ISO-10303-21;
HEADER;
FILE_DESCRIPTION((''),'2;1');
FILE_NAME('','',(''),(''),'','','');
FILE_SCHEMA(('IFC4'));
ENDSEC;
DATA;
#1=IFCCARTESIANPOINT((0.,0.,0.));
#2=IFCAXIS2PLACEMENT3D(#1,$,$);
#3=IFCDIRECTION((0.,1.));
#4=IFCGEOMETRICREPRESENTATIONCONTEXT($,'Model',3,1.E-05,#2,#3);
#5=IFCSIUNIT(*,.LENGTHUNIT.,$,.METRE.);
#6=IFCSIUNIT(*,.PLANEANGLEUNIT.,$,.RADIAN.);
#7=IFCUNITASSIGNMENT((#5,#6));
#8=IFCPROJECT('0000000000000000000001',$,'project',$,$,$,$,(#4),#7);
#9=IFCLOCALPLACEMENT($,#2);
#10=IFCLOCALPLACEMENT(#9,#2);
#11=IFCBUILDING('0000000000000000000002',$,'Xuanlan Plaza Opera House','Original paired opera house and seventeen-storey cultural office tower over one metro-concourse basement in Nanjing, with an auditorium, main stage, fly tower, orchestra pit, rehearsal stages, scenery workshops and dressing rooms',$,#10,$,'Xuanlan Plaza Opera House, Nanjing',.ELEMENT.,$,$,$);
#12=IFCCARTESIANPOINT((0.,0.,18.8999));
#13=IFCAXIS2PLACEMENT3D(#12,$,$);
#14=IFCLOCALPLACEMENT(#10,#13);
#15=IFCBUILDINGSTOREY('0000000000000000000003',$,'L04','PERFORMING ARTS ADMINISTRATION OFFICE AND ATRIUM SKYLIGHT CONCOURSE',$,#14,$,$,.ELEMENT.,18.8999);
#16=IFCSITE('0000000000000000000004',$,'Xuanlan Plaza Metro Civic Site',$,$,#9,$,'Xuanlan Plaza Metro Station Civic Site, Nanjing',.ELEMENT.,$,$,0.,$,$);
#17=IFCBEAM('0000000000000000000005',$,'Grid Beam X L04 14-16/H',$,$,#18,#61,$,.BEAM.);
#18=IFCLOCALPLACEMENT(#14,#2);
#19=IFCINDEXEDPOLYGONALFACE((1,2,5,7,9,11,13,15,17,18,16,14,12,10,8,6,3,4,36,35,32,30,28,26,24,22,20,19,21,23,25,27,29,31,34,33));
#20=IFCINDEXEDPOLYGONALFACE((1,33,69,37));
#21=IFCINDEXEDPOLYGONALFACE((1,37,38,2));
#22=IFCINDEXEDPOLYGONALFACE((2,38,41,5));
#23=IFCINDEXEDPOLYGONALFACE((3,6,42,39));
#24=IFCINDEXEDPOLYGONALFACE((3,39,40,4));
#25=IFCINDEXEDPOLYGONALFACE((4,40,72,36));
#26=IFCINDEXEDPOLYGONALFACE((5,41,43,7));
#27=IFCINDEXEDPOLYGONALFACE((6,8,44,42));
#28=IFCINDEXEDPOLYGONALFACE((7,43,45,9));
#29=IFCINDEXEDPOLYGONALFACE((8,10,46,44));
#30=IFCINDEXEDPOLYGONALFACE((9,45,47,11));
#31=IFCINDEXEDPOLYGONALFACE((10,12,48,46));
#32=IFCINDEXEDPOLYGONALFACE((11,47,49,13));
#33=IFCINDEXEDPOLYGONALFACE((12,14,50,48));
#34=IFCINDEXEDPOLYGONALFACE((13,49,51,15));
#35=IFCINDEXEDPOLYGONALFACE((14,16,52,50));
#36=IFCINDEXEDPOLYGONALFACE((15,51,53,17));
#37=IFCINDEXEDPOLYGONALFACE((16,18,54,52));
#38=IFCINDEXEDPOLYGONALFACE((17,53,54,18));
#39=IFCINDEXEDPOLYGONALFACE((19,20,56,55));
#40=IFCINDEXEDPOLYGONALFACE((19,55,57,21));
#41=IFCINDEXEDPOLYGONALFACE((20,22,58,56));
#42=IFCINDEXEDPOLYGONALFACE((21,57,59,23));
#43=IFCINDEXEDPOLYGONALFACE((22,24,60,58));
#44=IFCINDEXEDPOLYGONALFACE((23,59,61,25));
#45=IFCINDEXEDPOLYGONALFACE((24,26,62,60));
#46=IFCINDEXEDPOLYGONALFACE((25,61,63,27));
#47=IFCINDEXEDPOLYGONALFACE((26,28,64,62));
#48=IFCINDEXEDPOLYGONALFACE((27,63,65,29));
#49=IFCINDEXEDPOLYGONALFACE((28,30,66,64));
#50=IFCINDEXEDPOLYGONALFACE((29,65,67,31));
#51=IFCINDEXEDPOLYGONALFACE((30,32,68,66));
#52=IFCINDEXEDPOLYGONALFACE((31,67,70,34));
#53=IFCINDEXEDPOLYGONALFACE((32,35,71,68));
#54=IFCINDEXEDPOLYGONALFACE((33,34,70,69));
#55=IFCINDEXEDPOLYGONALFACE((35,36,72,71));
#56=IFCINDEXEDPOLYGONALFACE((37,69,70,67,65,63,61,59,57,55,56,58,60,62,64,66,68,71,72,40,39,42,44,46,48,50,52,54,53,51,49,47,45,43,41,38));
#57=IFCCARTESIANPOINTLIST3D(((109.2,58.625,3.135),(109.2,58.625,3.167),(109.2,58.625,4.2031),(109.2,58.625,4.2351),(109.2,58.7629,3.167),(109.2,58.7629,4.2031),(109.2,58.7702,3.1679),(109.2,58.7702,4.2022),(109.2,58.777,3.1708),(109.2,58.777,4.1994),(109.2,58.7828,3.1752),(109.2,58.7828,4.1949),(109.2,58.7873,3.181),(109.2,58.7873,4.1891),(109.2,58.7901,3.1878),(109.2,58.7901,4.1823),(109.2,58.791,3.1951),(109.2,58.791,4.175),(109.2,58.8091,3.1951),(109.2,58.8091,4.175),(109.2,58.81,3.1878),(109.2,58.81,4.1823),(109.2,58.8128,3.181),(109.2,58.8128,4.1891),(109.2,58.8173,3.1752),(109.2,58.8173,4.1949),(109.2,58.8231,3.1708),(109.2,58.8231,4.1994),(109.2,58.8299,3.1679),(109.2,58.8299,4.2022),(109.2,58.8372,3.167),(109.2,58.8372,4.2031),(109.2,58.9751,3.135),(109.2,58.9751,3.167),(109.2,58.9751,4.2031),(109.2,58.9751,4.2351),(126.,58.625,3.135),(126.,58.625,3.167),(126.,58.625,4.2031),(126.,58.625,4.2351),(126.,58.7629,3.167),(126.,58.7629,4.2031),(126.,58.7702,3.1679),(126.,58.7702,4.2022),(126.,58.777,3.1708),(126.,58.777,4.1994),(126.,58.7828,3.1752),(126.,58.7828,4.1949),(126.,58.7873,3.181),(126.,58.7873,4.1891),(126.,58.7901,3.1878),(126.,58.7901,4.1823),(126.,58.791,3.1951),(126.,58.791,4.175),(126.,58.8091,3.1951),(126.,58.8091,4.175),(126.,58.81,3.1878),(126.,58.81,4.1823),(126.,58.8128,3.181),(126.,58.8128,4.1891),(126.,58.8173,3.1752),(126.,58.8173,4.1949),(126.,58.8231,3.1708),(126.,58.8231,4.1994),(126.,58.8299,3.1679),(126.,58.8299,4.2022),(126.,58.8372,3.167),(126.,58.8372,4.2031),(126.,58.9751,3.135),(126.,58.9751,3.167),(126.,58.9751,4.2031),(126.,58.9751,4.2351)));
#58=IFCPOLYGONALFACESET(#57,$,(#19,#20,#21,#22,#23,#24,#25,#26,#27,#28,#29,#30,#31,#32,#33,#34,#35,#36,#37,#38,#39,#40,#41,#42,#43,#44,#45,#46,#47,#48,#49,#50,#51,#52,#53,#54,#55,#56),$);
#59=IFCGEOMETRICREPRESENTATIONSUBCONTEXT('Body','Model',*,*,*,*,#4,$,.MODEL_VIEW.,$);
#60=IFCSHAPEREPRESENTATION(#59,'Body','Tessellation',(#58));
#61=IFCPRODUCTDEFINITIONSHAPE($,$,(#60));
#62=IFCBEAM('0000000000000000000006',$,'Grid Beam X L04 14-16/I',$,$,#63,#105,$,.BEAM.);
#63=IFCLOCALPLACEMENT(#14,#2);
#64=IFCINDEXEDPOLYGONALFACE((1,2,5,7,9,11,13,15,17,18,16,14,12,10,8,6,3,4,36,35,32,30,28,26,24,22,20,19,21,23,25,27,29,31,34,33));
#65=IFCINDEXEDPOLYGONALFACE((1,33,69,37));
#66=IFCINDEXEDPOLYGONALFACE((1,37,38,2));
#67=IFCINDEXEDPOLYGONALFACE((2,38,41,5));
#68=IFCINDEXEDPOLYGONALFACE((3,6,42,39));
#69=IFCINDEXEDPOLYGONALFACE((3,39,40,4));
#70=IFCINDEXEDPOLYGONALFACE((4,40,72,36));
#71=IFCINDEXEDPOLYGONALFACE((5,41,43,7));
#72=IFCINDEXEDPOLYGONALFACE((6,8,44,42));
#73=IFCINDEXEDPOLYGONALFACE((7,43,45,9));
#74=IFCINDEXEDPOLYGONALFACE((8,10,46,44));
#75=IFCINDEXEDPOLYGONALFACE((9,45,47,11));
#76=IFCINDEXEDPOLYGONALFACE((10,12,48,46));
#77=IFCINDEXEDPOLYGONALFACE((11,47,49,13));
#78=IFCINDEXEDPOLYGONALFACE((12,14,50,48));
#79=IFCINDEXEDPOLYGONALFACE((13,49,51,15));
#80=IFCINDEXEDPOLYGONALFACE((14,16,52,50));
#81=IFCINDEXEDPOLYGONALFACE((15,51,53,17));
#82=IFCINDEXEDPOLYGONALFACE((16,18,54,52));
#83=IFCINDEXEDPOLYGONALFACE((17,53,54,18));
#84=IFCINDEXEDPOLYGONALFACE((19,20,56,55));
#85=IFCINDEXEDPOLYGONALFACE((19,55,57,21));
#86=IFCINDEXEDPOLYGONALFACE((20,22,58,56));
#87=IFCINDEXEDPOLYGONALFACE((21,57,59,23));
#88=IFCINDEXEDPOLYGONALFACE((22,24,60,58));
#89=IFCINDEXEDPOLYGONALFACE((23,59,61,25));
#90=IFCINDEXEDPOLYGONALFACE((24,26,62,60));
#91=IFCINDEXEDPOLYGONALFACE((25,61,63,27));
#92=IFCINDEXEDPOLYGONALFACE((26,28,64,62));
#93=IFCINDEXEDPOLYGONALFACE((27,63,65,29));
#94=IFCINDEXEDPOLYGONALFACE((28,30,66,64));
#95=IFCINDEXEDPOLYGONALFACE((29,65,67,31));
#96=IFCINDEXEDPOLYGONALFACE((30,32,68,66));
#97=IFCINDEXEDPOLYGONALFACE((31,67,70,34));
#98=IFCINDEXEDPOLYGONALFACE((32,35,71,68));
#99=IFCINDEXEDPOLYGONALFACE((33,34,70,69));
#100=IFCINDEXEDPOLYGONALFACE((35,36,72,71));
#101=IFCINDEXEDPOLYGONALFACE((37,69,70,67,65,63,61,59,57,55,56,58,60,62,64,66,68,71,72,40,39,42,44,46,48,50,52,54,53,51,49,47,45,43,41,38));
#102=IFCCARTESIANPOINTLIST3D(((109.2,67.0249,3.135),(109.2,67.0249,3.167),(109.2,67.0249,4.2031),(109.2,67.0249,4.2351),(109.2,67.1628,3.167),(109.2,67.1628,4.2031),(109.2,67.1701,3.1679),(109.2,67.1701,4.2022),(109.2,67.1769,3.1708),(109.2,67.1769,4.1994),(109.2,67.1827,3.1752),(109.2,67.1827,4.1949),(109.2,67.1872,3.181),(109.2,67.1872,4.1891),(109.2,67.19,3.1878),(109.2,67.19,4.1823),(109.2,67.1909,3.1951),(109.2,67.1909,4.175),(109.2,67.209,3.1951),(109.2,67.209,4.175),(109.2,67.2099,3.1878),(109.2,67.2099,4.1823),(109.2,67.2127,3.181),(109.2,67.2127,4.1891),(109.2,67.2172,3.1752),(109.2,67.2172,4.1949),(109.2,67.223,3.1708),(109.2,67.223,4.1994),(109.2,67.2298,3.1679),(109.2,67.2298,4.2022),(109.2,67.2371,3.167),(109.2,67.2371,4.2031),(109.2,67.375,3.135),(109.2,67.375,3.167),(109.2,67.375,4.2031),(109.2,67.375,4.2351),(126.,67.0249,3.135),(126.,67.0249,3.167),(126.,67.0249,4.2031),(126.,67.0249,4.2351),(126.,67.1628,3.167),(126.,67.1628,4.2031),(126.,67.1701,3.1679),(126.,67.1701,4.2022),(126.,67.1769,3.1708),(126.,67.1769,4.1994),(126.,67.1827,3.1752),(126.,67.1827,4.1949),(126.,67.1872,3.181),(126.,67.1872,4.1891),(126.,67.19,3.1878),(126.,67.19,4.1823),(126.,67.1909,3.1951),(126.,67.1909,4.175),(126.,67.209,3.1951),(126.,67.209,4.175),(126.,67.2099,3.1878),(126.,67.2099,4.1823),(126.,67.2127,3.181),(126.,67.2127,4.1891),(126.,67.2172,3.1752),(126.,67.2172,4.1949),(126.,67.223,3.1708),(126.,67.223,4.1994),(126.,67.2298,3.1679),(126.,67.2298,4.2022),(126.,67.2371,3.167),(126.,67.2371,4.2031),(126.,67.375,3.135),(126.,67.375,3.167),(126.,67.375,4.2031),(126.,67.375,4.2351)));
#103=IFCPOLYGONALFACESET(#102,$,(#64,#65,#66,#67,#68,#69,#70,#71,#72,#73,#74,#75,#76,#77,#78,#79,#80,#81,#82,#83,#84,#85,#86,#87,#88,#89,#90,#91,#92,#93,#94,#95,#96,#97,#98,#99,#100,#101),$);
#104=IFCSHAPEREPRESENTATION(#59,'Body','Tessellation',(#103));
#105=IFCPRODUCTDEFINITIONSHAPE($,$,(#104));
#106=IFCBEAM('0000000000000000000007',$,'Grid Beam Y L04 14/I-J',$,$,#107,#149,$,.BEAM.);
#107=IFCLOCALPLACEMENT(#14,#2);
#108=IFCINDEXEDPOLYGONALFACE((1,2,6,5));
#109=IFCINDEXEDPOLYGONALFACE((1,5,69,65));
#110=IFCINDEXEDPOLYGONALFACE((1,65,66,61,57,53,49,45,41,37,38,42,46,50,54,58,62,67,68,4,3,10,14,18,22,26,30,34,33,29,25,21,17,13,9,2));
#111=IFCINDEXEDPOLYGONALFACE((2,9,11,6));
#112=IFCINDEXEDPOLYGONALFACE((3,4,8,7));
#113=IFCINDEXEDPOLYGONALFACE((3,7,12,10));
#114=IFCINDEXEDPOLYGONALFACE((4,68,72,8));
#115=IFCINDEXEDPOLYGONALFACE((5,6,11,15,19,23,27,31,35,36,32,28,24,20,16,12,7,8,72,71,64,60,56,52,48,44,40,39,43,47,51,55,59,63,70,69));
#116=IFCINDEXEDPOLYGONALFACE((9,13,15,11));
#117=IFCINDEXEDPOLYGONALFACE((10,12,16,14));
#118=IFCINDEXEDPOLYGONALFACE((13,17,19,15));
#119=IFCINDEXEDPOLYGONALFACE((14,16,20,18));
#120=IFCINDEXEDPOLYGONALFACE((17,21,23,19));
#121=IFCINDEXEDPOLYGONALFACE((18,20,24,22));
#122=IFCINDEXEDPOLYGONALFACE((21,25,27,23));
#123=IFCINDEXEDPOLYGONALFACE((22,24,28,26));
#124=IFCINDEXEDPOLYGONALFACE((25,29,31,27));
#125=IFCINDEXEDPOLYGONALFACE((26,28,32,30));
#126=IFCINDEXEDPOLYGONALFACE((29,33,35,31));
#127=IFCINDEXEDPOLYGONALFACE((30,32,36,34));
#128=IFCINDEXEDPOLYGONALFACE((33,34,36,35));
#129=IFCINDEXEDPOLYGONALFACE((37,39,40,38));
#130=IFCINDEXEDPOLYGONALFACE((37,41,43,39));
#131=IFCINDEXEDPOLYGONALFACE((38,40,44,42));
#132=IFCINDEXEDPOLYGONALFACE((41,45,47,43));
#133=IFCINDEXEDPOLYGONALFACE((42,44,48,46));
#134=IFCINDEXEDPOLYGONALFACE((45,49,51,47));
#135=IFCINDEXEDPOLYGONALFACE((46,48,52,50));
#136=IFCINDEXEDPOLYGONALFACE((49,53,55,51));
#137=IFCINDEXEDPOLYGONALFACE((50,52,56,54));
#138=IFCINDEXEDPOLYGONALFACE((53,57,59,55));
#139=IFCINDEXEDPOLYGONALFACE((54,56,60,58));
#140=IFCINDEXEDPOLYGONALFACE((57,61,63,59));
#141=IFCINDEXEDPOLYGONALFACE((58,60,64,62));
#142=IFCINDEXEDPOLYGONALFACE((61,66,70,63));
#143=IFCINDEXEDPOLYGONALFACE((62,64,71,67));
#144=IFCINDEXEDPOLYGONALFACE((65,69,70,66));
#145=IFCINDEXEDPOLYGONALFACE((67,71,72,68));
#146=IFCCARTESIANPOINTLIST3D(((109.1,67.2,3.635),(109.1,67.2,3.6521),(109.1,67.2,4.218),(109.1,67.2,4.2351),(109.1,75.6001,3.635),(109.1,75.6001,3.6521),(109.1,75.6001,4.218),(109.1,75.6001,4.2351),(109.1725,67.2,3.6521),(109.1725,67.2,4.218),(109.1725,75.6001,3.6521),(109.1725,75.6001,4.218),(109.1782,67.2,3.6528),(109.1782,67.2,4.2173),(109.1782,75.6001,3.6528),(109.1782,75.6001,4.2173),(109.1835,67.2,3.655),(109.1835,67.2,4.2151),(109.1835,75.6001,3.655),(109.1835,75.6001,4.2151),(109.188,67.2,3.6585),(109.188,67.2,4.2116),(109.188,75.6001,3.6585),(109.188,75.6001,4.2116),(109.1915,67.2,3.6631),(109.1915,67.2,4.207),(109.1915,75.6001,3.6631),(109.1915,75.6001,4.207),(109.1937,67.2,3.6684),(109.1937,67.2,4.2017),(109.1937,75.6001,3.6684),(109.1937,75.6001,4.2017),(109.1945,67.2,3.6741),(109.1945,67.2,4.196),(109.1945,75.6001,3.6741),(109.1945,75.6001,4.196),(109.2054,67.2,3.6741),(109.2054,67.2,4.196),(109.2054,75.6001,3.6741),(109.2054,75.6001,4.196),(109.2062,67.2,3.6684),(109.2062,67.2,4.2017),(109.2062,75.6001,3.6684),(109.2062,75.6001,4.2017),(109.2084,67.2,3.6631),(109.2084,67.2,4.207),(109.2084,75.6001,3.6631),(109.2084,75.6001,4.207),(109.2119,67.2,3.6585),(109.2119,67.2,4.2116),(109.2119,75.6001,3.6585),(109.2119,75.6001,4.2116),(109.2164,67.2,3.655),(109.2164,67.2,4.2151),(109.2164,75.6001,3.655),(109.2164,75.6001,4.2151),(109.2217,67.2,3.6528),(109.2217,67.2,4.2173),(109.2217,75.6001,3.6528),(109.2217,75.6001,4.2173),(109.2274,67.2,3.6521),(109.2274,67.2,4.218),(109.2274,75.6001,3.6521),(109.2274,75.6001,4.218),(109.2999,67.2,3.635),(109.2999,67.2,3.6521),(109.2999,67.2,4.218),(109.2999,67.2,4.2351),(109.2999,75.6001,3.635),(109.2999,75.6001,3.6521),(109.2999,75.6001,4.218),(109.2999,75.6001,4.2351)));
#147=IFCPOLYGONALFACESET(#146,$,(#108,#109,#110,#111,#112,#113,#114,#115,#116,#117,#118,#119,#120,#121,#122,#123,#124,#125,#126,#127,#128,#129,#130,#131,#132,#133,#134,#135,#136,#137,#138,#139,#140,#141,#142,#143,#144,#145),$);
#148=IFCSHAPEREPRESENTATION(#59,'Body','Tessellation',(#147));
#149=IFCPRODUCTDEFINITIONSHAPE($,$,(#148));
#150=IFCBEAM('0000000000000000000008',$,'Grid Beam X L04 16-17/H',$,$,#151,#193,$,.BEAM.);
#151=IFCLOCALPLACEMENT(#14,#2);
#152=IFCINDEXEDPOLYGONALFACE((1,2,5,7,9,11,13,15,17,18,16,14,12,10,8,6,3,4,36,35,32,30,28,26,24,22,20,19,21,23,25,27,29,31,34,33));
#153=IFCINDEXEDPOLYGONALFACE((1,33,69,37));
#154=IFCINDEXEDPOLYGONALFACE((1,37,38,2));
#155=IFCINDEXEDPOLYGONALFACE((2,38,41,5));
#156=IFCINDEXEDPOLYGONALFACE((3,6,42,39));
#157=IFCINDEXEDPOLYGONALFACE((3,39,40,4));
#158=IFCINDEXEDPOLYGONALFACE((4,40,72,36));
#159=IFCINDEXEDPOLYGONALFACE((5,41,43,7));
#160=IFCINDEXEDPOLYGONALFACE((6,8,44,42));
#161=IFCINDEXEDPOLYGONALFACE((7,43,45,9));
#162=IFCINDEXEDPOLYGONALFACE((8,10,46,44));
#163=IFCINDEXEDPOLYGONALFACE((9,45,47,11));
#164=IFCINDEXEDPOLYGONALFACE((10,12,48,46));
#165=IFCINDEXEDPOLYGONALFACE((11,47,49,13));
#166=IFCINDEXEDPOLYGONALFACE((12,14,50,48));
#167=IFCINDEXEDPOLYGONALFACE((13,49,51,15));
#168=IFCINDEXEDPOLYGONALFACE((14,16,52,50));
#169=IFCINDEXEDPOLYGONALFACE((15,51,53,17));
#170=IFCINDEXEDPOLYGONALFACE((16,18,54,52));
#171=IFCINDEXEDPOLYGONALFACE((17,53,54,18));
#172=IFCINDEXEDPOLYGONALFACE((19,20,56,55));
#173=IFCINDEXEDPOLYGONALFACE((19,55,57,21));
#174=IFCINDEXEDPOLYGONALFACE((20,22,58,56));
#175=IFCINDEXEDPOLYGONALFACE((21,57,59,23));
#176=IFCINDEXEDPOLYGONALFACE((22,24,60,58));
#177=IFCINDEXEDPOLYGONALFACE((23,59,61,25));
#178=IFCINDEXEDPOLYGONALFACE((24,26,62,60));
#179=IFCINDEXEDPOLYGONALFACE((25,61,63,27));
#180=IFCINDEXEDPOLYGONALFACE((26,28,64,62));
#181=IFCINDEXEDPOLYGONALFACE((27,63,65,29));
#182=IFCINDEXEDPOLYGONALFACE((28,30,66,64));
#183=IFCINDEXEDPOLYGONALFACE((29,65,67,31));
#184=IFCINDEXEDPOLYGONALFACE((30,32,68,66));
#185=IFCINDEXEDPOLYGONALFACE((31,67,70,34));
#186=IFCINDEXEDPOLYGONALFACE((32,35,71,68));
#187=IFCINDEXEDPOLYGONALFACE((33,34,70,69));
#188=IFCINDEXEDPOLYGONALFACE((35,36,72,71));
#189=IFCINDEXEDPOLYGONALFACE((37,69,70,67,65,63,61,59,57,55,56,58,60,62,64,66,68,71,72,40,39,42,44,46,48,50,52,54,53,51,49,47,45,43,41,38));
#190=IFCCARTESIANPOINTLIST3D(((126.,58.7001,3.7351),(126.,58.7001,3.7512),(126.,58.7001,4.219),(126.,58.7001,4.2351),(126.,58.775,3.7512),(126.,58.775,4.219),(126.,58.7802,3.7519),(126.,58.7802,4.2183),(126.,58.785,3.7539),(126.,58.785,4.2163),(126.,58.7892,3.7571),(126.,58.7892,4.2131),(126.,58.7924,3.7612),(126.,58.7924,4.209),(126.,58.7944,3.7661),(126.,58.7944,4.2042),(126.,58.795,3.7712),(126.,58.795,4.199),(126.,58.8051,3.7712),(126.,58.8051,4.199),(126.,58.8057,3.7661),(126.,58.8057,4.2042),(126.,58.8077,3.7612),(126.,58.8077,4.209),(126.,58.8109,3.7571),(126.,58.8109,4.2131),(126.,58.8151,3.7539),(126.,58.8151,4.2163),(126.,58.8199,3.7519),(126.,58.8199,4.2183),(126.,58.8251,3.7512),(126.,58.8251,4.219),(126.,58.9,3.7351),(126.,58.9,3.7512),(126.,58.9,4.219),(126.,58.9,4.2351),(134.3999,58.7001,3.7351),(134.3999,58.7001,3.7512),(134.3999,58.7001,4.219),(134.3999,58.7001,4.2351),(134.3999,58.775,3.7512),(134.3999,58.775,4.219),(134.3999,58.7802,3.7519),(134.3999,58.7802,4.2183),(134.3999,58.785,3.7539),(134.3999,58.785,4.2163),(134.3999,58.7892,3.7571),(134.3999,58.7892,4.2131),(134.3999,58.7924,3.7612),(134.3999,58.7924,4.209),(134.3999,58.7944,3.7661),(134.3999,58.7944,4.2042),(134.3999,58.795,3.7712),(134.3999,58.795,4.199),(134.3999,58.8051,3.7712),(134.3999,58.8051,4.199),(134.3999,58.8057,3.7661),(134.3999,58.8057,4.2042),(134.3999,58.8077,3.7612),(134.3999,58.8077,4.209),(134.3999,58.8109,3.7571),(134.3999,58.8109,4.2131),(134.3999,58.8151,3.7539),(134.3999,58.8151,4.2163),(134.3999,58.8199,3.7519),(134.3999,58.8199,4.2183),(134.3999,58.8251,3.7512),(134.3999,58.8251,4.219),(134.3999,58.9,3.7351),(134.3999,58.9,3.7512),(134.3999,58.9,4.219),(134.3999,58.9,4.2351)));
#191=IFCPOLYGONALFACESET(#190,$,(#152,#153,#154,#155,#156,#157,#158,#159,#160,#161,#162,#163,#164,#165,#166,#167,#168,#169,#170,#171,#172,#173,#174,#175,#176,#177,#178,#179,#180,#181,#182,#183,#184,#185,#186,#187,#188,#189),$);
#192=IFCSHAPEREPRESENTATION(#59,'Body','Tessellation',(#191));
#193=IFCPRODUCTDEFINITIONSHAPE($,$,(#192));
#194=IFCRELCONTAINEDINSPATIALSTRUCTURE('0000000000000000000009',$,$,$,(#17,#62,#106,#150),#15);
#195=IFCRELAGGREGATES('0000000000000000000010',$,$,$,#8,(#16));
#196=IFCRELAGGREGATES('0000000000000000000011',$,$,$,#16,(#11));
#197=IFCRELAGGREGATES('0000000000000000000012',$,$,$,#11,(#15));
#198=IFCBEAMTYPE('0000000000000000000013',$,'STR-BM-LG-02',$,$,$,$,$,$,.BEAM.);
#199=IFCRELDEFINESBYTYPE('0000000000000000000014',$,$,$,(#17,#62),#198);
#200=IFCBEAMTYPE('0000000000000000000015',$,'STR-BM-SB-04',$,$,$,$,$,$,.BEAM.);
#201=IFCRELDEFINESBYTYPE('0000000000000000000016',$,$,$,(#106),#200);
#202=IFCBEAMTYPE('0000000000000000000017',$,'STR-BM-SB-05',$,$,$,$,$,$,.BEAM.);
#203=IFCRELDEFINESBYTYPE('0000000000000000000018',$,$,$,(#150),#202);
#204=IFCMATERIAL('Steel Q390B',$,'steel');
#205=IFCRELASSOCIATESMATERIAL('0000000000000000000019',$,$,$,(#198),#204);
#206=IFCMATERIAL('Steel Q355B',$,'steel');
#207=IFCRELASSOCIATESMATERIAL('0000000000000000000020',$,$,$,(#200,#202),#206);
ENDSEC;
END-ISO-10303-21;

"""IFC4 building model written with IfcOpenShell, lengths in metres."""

from ifc_helpers import new_model, si_unit, direction, frame, origin, origin_2d, place, context, subcontext, project, spatial, i_section, extrude, material, material_profile, profile_set, type_object, element, save


model = new_model("IFC4")

# Units and contexts
model_context = context("Model", 3, precision=1e-05, world=origin(), true_north=direction((0.0, 1.0)))
body_context = subcontext(model_context, "Body", "Model", "MODEL_VIEW")
ifc_project = project(units=[si_unit("LENGTHUNIT", "METRE"), si_unit("PLANEANGLEUNIT", "RADIAN")], contexts=[model_context])

# Site, building, storey
site_placement = place(None, origin())
site = spatial("IfcSite", under=ifc_project, at=site_placement, Name="Xuanlan Plaza Metro Civic Site", LongName="Xuanlan Plaza Metro Station Civic Site, Nanjing", CompositionType="ELEMENT", RefElevation=0.0)
building_placement = place(site_placement, origin())
building = spatial("IfcBuilding", under=site, at=building_placement, Name="Xuanlan Plaza Opera House", Description="Original paired opera house and seventeen-storey cultural office tower over one metro-concourse basement in Nanjing, with an auditorium, main stage, fly tower, orchestra pit, rehearsal stages, scenery workshops and dressing rooms", LongName="Xuanlan Plaza Opera House, Nanjing", CompositionType="ELEMENT")
storey_placement = place(building_placement, frame((0.0, 0.0, 18.8999)))
storey = spatial("IfcBuildingStorey", under=building, at=storey_placement, Name="L04", Description="PERFORMING ARTS ADMINISTRATION OFFICE AND ATRIUM SKYLIGHT CONCOURSE", CompositionType="ELEMENT", Elevation=18.8999)

# Shared definitions
ifc_material_1 = material(Name="Steel Q355B", Category="steel")

# Beams
ifc_material_2 = material(Name="Steel Q390B", Category="steel")
ifc_material_profile_1 = material_profile(ifc_material_2, i_section(OverallWidth=0.3501, OverallDepth=1.1001, WebThickness=0.0181, FlangeThickness=0.032, FilletRadius=0.0281, at=origin_2d()), Name="HN 1100x350x18x32")
ifc_profile_set_1 = profile_set([ifc_material_profile_1], Name="Steel Q390B")
beam_type_1 = type_object("IfcBeamType", Name="STR-BM-LG-02", PredefinedType="BEAM", material=ifc_profile_set_1)
for number, where, z_axis, x_axis, name in (
    (1, (109.2, 58.8, 3.6851), (1.0, 0.0, 0.0), (0.0, 1.0, 0.0), "Grid Beam X L04 14-16/H"),
    (2, (109.2, 67.2, 3.6851), (1.0, 0.0, 0.0), (0.0, 1.0, 0.0), "Grid Beam X L04 14-16/I"),
):
    element("IfcBeam", number, at=place(storey_placement, frame(where, z_axis=z_axis, x_axis=x_axis)), inside=storey, type_object=beam_type_1, Name=name, PredefinedType="BEAM", context=body_context, shape_type="SweptSolid", body=[
        extrude(i_section(OverallWidth=0.3501, OverallDepth=1.1001, WebThickness=0.0181, FlangeThickness=0.032, FilletRadius=0.0281, at=origin_2d()), origin(), (0.0, 0.0, 1.0), 16.8),
    ])
ifc_material_profile_2 = material_profile(ifc_material_1, i_section(OverallWidth=0.2, OverallDepth=0.6001, WebThickness=0.011, FlangeThickness=0.0171, FilletRadius=0.022, at=origin_2d()), Name="HN 600x200x11x17")
ifc_profile_set_2 = profile_set([ifc_material_profile_2], Name="Steel Q355B")
beam_type_2 = type_object("IfcBeamType", Name="STR-BM-SB-04", PredefinedType="BEAM", material=ifc_profile_set_2)
beam_1_placement = place(storey_placement, frame((109.2, 67.2, 3.9351), z_axis=(0.0, 1.0, 0.0), x_axis=(-1.0, 0.0, 0.0)))
element("IfcBeam", 3, at=beam_1_placement, inside=storey, type_object=beam_type_2, Name="Grid Beam Y L04 14/I-J", PredefinedType="BEAM", context=body_context, shape_type="SweptSolid", body=[
    extrude(i_section(OverallWidth=0.2, OverallDepth=0.6001, WebThickness=0.011, FlangeThickness=0.0171, FilletRadius=0.022, at=origin_2d()), origin(), (0.0, 0.0, 1.0), 8.4001),
])
ifc_material_profile_3 = material_profile(ifc_material_1, i_section(OverallWidth=0.2, OverallDepth=0.5, WebThickness=0.01, FlangeThickness=0.0161, FilletRadius=0.02, at=origin_2d()), Name="HN 500x200x10x16")
ifc_profile_set_3 = profile_set([ifc_material_profile_3], Name="Steel Q355B")
beam_type_3 = type_object("IfcBeamType", Name="STR-BM-SB-05", PredefinedType="BEAM", material=ifc_profile_set_3)
beam_2_placement = place(storey_placement, frame((126.0, 58.8, 3.9851), z_axis=(1.0, 0.0, 0.0), x_axis=(0.0, 1.0, 0.0)))
element("IfcBeam", 4, at=beam_2_placement, inside=storey, type_object=beam_type_3, Name="Grid Beam X L04 16-17/H", PredefinedType="BEAM", context=body_context, shape_type="SweptSolid", body=[
    extrude(i_section(OverallWidth=0.2, OverallDepth=0.5, WebThickness=0.01, FlangeThickness=0.0161, FilletRadius=0.02, at=origin_2d()), origin(), (0.0, 0.0, 1.0), 8.3999),
])

save(model, "model.ifc")
